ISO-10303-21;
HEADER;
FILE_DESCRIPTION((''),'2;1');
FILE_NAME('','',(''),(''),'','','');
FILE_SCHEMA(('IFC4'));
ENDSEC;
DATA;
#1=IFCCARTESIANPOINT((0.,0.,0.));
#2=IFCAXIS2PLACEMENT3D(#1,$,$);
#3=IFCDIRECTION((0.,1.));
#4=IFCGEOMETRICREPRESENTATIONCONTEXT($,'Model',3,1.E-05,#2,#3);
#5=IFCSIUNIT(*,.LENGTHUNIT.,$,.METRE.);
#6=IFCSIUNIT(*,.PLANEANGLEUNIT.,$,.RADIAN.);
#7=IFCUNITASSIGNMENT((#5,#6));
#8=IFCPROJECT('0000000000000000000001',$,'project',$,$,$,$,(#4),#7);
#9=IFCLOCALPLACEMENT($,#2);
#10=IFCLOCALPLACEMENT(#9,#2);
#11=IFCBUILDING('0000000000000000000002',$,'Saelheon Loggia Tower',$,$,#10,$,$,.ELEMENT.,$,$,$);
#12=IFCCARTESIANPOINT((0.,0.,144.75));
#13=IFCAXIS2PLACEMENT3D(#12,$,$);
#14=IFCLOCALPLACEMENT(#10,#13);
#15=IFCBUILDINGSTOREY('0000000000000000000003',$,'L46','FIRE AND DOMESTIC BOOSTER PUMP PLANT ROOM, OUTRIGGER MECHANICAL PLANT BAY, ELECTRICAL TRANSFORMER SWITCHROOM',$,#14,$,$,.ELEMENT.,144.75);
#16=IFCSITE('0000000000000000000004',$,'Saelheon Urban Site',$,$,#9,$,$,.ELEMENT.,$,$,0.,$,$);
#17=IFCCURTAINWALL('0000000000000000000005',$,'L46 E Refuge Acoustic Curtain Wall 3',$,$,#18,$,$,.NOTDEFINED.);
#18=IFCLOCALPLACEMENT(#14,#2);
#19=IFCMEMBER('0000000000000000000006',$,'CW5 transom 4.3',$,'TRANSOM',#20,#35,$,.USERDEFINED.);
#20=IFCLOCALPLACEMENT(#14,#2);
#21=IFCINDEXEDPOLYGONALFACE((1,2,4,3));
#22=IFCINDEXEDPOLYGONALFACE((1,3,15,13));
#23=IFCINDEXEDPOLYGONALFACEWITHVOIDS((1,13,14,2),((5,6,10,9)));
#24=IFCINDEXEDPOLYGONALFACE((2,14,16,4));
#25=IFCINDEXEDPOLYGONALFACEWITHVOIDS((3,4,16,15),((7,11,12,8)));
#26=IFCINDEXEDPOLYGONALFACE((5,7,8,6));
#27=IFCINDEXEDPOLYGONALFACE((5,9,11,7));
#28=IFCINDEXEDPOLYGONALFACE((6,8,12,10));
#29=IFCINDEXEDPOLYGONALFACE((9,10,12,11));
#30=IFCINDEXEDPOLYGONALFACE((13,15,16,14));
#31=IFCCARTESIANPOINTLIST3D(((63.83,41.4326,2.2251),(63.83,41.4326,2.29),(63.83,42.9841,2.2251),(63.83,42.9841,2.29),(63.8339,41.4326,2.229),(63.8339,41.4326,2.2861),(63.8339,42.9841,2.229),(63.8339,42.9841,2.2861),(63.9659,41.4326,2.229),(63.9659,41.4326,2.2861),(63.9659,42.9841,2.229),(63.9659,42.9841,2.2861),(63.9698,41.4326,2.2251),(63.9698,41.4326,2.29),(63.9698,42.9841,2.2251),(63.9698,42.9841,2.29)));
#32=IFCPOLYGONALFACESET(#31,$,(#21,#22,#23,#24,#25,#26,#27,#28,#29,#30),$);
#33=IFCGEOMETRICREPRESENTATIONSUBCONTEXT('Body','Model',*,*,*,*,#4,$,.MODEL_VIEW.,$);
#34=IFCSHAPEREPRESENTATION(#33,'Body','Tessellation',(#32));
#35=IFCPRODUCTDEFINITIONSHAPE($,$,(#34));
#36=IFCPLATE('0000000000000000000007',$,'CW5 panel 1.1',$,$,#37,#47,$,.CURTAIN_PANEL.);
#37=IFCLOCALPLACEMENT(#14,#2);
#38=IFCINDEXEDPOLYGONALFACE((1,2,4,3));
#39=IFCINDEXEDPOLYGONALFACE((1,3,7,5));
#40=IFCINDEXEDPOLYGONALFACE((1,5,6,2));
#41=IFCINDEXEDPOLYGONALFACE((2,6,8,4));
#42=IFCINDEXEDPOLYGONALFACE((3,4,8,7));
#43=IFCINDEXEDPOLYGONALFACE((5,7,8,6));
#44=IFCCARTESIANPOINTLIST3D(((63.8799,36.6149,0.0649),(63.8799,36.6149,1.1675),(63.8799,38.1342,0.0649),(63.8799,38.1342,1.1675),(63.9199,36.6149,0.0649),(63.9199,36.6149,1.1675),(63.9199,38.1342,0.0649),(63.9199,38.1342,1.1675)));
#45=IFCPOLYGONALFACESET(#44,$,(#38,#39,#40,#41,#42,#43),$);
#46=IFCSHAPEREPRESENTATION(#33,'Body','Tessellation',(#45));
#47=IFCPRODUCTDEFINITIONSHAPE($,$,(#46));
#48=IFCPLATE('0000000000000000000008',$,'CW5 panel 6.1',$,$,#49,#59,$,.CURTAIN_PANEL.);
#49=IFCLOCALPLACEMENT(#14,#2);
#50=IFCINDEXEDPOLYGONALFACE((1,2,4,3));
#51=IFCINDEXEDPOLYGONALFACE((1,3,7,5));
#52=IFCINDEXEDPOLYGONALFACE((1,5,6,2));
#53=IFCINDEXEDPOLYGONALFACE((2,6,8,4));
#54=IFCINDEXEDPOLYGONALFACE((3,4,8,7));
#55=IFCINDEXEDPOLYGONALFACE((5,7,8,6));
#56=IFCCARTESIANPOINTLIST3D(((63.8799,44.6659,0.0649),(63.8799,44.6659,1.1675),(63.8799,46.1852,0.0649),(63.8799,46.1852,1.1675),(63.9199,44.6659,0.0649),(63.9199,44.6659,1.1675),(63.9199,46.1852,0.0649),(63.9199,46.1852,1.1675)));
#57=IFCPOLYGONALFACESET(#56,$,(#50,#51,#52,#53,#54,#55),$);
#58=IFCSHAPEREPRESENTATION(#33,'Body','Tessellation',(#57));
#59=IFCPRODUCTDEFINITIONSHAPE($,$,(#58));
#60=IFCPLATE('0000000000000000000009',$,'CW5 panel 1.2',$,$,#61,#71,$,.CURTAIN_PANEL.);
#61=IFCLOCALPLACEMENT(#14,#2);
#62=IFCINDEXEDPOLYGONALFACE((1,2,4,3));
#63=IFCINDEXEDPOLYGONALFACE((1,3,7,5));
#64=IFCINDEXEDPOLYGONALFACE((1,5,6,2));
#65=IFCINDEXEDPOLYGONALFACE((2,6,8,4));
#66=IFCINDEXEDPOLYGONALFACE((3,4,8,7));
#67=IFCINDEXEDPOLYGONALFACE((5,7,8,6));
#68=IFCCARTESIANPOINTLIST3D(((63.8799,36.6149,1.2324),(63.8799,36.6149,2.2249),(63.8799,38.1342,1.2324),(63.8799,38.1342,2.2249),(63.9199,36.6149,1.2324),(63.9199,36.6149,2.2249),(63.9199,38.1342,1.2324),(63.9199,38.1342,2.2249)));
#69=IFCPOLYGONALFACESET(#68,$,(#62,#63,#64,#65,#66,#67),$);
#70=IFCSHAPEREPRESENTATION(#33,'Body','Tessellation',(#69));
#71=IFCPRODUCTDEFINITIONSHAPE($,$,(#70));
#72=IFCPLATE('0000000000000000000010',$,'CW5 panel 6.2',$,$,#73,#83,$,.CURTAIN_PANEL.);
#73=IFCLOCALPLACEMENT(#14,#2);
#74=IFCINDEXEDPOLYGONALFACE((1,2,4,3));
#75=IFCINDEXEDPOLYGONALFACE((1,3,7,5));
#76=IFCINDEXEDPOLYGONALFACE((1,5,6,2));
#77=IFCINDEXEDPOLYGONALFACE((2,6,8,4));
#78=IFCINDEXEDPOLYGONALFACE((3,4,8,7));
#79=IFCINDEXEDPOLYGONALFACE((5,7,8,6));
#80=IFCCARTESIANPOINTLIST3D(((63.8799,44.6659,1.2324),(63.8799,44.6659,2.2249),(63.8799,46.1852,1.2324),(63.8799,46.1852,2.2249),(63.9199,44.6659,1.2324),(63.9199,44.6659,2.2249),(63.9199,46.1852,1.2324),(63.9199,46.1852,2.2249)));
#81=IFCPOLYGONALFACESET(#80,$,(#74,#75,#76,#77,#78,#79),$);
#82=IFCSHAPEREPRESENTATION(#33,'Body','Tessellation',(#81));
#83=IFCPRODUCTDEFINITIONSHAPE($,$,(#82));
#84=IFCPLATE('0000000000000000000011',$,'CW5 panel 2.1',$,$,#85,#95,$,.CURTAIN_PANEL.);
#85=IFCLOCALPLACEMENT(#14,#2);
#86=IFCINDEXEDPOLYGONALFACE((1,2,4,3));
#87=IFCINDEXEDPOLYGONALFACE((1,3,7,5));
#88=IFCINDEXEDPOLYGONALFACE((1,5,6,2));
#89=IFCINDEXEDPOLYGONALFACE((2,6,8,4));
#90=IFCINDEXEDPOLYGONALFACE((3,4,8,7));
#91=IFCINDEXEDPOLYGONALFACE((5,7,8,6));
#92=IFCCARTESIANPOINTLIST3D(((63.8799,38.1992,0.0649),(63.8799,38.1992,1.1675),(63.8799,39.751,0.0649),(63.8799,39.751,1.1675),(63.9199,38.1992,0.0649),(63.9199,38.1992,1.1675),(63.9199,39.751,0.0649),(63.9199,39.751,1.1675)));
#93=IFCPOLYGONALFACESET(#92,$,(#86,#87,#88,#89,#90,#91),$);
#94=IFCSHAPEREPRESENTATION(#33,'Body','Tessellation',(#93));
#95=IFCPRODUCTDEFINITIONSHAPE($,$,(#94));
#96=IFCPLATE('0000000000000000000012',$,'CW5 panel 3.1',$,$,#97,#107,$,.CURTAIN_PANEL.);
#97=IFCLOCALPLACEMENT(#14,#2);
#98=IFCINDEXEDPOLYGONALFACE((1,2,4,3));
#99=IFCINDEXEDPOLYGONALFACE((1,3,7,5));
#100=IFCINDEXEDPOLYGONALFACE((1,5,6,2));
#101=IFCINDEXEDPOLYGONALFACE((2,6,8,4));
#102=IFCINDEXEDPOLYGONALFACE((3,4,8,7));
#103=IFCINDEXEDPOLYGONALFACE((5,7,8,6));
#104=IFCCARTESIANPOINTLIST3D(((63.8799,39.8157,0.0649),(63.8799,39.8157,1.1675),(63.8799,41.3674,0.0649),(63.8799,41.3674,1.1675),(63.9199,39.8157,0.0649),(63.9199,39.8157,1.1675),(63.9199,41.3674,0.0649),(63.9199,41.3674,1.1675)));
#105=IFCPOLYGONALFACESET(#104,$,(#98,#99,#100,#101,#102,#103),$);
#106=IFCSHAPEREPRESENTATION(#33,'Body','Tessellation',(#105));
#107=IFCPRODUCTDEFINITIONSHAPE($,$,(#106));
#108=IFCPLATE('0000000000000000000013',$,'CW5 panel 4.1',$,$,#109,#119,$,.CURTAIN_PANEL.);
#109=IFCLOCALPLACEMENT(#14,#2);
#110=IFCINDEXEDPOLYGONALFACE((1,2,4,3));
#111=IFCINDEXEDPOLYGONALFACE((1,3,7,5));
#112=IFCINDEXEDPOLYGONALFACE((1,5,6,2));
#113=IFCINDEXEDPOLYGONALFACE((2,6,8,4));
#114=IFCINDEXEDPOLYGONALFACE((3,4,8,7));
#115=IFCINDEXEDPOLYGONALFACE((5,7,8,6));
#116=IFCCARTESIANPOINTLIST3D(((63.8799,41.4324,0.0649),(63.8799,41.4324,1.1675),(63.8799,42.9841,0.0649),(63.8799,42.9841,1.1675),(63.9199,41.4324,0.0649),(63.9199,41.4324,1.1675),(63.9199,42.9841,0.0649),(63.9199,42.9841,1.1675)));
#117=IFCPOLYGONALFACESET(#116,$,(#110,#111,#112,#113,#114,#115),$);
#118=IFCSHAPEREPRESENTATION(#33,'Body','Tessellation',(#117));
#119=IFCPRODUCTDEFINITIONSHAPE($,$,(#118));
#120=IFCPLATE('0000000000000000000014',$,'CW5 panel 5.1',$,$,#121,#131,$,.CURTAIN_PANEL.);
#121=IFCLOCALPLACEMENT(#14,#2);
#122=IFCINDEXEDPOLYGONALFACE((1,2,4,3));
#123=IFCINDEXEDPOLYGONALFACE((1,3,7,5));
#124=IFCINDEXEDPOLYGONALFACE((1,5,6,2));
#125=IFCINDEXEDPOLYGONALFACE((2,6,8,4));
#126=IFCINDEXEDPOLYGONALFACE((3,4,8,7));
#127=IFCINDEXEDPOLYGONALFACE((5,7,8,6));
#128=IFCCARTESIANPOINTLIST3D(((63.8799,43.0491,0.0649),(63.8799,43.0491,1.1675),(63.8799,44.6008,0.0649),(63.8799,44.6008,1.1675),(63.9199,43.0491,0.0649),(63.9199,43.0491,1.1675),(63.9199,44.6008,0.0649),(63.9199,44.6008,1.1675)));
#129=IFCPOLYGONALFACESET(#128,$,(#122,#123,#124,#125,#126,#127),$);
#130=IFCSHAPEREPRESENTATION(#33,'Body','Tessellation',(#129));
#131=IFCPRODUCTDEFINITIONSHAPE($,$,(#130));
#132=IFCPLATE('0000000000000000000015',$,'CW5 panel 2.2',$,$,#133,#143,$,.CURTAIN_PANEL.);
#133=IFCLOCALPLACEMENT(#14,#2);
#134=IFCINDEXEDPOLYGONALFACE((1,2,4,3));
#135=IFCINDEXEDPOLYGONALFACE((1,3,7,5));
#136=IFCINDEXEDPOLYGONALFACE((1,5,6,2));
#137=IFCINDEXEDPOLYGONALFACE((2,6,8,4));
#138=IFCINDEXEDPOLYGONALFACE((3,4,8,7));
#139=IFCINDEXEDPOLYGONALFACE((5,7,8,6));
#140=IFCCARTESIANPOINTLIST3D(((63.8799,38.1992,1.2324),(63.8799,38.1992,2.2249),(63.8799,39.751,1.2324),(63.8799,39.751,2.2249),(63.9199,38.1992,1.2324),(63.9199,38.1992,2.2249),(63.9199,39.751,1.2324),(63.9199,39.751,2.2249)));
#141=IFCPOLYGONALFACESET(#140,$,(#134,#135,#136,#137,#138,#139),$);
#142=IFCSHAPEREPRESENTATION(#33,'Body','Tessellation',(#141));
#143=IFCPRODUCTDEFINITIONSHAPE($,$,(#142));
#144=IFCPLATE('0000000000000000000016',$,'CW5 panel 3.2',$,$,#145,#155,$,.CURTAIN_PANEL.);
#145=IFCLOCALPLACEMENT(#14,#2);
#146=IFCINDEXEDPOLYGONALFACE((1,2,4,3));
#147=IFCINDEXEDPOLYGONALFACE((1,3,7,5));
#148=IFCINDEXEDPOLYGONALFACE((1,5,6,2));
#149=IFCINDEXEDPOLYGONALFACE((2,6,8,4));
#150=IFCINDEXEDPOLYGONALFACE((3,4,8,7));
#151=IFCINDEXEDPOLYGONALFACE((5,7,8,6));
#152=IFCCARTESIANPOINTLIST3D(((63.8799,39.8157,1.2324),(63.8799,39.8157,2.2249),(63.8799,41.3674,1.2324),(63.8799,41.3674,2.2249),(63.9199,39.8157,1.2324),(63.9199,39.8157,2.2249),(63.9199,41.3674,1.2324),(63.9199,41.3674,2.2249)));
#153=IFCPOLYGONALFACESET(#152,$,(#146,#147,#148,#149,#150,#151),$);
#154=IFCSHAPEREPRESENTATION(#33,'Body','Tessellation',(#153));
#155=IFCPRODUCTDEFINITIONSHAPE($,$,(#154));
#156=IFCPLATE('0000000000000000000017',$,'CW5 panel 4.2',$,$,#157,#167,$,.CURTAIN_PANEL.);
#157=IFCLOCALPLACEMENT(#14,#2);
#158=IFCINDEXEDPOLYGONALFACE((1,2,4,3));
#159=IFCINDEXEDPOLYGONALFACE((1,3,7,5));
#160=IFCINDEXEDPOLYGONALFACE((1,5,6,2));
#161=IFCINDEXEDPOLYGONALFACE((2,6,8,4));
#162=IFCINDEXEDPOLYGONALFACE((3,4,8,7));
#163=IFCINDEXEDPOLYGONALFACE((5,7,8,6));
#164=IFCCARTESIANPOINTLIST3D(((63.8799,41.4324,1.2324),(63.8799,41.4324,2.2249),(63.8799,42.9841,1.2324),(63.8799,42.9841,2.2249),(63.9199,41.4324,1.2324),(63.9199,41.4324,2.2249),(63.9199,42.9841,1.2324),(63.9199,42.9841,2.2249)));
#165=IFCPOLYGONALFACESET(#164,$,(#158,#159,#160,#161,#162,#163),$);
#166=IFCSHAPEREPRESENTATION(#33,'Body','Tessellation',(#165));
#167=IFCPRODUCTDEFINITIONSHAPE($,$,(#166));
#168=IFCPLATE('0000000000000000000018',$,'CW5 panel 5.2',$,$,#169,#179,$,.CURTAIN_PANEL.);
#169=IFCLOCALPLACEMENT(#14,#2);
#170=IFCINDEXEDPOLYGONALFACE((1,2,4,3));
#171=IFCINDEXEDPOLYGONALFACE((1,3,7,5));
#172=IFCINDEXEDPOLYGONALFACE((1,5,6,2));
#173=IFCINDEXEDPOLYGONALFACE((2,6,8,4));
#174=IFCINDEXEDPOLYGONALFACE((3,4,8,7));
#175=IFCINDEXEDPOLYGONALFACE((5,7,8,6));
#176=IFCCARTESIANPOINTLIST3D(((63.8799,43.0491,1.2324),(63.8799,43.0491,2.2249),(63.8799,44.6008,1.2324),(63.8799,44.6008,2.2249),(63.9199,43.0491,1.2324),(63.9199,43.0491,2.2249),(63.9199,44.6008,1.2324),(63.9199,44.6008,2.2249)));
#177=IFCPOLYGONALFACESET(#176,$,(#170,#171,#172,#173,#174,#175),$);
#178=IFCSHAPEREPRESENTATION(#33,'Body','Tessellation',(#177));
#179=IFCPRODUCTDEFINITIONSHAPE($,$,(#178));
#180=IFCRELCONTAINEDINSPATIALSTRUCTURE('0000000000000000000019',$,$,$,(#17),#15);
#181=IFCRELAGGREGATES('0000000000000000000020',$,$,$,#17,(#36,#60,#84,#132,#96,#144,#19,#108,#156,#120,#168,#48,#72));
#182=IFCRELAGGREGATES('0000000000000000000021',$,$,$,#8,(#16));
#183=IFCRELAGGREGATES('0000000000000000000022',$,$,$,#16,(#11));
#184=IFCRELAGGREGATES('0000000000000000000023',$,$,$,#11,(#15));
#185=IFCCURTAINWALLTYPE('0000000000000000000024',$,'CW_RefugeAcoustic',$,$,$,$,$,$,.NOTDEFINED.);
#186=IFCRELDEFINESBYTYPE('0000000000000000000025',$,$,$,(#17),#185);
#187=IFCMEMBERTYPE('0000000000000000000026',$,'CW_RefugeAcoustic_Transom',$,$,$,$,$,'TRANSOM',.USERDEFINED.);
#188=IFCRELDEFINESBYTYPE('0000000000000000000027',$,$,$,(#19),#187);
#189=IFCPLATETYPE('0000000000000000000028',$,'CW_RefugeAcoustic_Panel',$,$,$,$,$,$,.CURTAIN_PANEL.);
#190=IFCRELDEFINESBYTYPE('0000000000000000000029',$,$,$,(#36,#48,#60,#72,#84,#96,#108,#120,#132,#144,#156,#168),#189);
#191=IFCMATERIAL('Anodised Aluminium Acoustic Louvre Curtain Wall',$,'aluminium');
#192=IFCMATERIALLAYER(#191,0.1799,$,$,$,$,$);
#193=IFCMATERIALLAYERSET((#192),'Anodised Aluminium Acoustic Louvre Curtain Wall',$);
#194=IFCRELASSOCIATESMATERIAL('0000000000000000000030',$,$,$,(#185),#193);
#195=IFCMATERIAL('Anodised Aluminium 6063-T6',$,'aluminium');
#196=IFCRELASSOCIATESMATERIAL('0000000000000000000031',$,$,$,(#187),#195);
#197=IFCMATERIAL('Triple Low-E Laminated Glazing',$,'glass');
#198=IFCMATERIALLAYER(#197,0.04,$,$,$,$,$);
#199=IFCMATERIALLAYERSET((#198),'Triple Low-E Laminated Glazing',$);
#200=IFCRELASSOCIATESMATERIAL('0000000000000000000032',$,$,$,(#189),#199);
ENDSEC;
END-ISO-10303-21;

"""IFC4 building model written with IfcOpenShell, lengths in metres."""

from ifc_helpers import new_model, si_unit, direction, frame, origin, origin_2d, place, context, subcontext, project, spatial, rectangle, hollow_rectangle, extrude, source, transform, mapped, material, layer, layer_set, material_profile, profile_set, type_object, element, aggregate, save


model = new_model("IFC4")

# Units and contexts
model_context = context("Model", 3, precision=1e-05, world=origin(), true_north=direction((0.0, 1.0)))
body_context = subcontext(model_context, "Body", "Model", "MODEL_VIEW")
ifc_project = project(units=[si_unit("LENGTHUNIT", "METRE"), si_unit("PLANEANGLEUNIT", "RADIAN")], contexts=[model_context])

# Site, building, storey
site_placement = place(None, origin())
site = spatial("IfcSite", under=ifc_project, at=site_placement, Name="Saelheon Urban Site", CompositionType="ELEMENT", RefElevation=0.0)
building_placement = place(site_placement, origin())
building = spatial("IfcBuilding", under=site, at=building_placement, Name="Saelheon Loggia Tower", CompositionType="ELEMENT")
storey_placement = place(building_placement, frame((0.0, 0.0, 144.75)))
storey = spatial("IfcBuildingStorey", under=building, at=storey_placement, Name="L46", Description="FIRE AND DOMESTIC BOOSTER PUMP PLANT ROOM, OUTRIGGER MECHANICAL PLANT BAY, ELECTRICAL TRANSFORMER SWITCHROOM", CompositionType="ELEMENT", Elevation=144.75)

# Curtain wall, member, plates
ifc_material_1 = material(Name="Anodised Aluminium Acoustic Louvre Curtain Wall", Category="aluminium")
ifc_layer_1 = layer(ifc_material_1, 0.1799)
ifc_layer_set_1 = layer_set([ifc_layer_1], Name="Anodised Aluminium Acoustic Louvre Curtain Wall")
curtain_wall_type = type_object("IfcCurtainWallType", Name="CW_RefugeAcoustic", PredefinedType="NOTDEFINED", material=ifc_layer_set_1)
curtain_wall_placement = place(storey_placement, origin())
curtain_wall = element("IfcCurtainWall", 1, at=curtain_wall_placement, inside=storey, type_object=curtain_wall_type, Name="L46 E Refuge Acoustic Curtain Wall 3", PredefinedType="NOTDEFINED")
ifc_material_2 = material(Name="Anodised Aluminium 6063-T6", Category="aluminium")
ifc_material_profile_1 = material_profile(ifc_material_2, hollow_rectangle(XDim=0.0649, YDim=0.1399, WallThickness=0.0039, at=origin_2d()), Name="RHS-140x65x4")
ifc_profile_set_1 = profile_set([ifc_material_profile_1], Name="Anodised Aluminium 6063-T6")
member_type_1 = type_object("IfcMemberType", Name="CW_RefugeAcoustic_Transom", ElementType="TRANSOM", PredefinedType="USERDEFINED", material=ifc_profile_set_1)
shared_shape_1 = source(origin(), body_context, "Body", "SweptSolid", [
    extrude(hollow_rectangle(XDim=0.0649, YDim=0.1399, WallThickness=0.0039, at=origin_2d()), origin(), (0.0, 0.0, 1.0), 1.5515),
])
member_1_placement = place(storey_placement, frame((63.8999, 41.4326, 2.2576), z_axis=(0.0, 1.0, 0.0), x_axis=(0.0, 0.0, 1.0)))
member_1 = element("IfcMember", 2, at=member_1_placement, type_object=member_type_1, Name="CW5 transom 4.3", ObjectType="TRANSOM", PredefinedType="USERDEFINED", context=body_context, shape_type="MappedRepresentation", body=[
    mapped(shared_shape_1, transform((0.0, 0.0, 0.0), scale=1.0)),
])
ifc_material_3 = material(Name="Triple Low-E Laminated Glazing", Category="glass")
ifc_layer_2 = layer(ifc_material_3, 0.04)
ifc_layer_set_2 = layer_set([ifc_layer_2], Name="Triple Low-E Laminated Glazing")
plate_type = type_object("IfcPlateType", Name="CW_RefugeAcoustic_Panel", PredefinedType="CURTAIN_PANEL", material=ifc_layer_set_2)
shared_shape_2 = source(origin(), body_context, "Body", "SweptSolid", [
    extrude(rectangle(XDim=1.5193, YDim=0.04, at=origin_2d()), origin(), (0.0, 0.0, 1.0), 1.1025),
])
plate_1_placement = place(storey_placement, frame((63.8999, 37.3745, 0.0649), z_axis=(0.0, 0.0, 1.0), x_axis=(0.0, 1.0, 0.0)))
plate_1 = element("IfcPlate", 3, at=plate_1_placement, type_object=plate_type, Name="CW5 panel 1.1", PredefinedType="CURTAIN_PANEL", context=body_context, shape_type="MappedRepresentation", body=[
    mapped(shared_shape_2, transform((0.0, 0.0, 0.0), scale=1.0)),
])
plate_2_placement = place(storey_placement, frame((63.8999, 45.4255, 0.0649), z_axis=(0.0, 0.0, 1.0), x_axis=(0.0, 1.0, 0.0)))
plate_2 = element("IfcPlate", 4, at=plate_2_placement, type_object=plate_type, Name="CW5 panel 6.1", PredefinedType="CURTAIN_PANEL", context=body_context, shape_type="MappedRepresentation", body=[
    mapped(shared_shape_2, transform((0.0, 0.0, 0.0), scale=1.0)),
])
shared_shape_3 = source(origin(), body_context, "Body", "SweptSolid", [
    extrude(rectangle(XDim=1.5193, YDim=0.04, at=origin_2d()), origin(), (0.0, 0.0, 1.0), 0.9924),
])
plate_3_placement = place(storey_placement, frame((63.8999, 37.3745, 1.2324), z_axis=(0.0, 0.0, 1.0), x_axis=(0.0, 1.0, 0.0)))
plate_3 = element("IfcPlate", 5, at=plate_3_placement, type_object=plate_type, Name="CW5 panel 1.2", PredefinedType="CURTAIN_PANEL", context=body_context, shape_type="MappedRepresentation", body=[
    mapped(shared_shape_3, transform((0.0, 0.0, 0.0), scale=1.0)),
])
plate_4_placement = place(storey_placement, frame((63.8999, 45.4255, 1.2324), z_axis=(0.0, 0.0, 1.0), x_axis=(0.0, 1.0, 0.0)))
plate_4 = element("IfcPlate", 6, at=plate_4_placement, type_object=plate_type, Name="CW5 panel 6.2", PredefinedType="CURTAIN_PANEL", context=body_context, shape_type="MappedRepresentation", body=[
    mapped(shared_shape_3, transform((0.0, 0.0, 0.0), scale=1.0)),
])
shared_shape_4 = source(origin(), body_context, "Body", "SweptSolid", [
    extrude(rectangle(XDim=1.5518, YDim=0.04, at=origin_2d()), origin(), (0.0, 0.0, 1.0), 1.1025),
])
plate_5_placement = place(storey_placement, frame((63.8999, 38.9751, 0.0649), z_axis=(0.0, 0.0, 1.0), x_axis=(0.0, 1.0, 0.0)))
plate_5 = element("IfcPlate", 7, at=plate_5_placement, type_object=plate_type, Name="CW5 panel 2.1", PredefinedType="CURTAIN_PANEL", context=body_context, shape_type="MappedRepresentation", body=[
    mapped(shared_shape_4, transform((0.0, 0.0, 0.0), scale=1.0)),
])
plate_6_placement = place(storey_placement, frame((63.8999, 40.5916, 0.0649), z_axis=(0.0, 0.0, 1.0), x_axis=(0.0, 1.0, 0.0)))
plate_6 = element("IfcPlate", 8, at=plate_6_placement, type_object=plate_type, Name="CW5 panel 3.1", PredefinedType="CURTAIN_PANEL", context=body_context, shape_type="MappedRepresentation", body=[
    mapped(shared_shape_4, transform((0.0, 0.0, 0.0), scale=1.0)),
])
plate_7_placement = place(storey_placement, frame((63.8999, 42.2083, 0.0649), z_axis=(0.0, 0.0, 1.0), x_axis=(0.0, 1.0, 0.0)))
plate_7 = element("IfcPlate", 9, at=plate_7_placement, type_object=plate_type, Name="CW5 panel 4.1", PredefinedType="CURTAIN_PANEL", context=body_context, shape_type="MappedRepresentation", body=[
    mapped(shared_shape_4, transform((0.0, 0.0, 0.0), scale=1.0)),
])
plate_8_placement = place(storey_placement, frame((63.8999, 43.825, 0.0649), z_axis=(0.0, 0.0, 1.0), x_axis=(0.0, 1.0, 0.0)))
plate_8 = element("IfcPlate", 10, at=plate_8_placement, type_object=plate_type, Name="CW5 panel 5.1", PredefinedType="CURTAIN_PANEL", context=body_context, shape_type="MappedRepresentation", body=[
    mapped(shared_shape_4, transform((0.0, 0.0, 0.0), scale=1.0)),
])
shared_shape_5 = source(origin(), body_context, "Body", "SweptSolid", [
    extrude(rectangle(XDim=1.5518, YDim=0.04, at=origin_2d()), origin(), (0.0, 0.0, 1.0), 0.9924),
])
plate_9_placement = place(storey_placement, frame((63.8999, 38.9751, 1.2324), z_axis=(0.0, 0.0, 1.0), x_axis=(0.0, 1.0, 0.0)))
plate_9 = element("IfcPlate", 11, at=plate_9_placement, type_object=plate_type, Name="CW5 panel 2.2", PredefinedType="CURTAIN_PANEL", context=body_context, shape_type="MappedRepresentation", body=[
    mapped(shared_shape_5, transform((0.0, 0.0, 0.0), scale=1.0)),
])
plate_10_placement = place(storey_placement, frame((63.8999, 40.5916, 1.2324), z_axis=(0.0, 0.0, 1.0), x_axis=(0.0, 1.0, 0.0)))
plate_10 = element("IfcPlate", 12, at=plate_10_placement, type_object=plate_type, Name="CW5 panel 3.2", PredefinedType="CURTAIN_PANEL", context=body_context, shape_type="MappedRepresentation", body=[
    mapped(shared_shape_5, transform((0.0, 0.0, 0.0), scale=1.0)),
])
plate_11_placement = place(storey_placement, frame((63.8999, 42.2083, 1.2324), z_axis=(0.0, 0.0, 1.0), x_axis=(0.0, 1.0, 0.0)))
plate_11 = element("IfcPlate", 13, at=plate_11_placement, type_object=plate_type, Name="CW5 panel 4.2", PredefinedType="CURTAIN_PANEL", context=body_context, shape_type="MappedRepresentation", body=[
    mapped(shared_shape_5, transform((0.0, 0.0, 0.0), scale=1.0)),
])
plate_12_placement = place(storey_placement, frame((63.8999, 43.825, 1.2324), z_axis=(0.0, 0.0, 1.0), x_axis=(0.0, 1.0, 0.0)))
plate_12 = element("IfcPlate", 14, at=plate_12_placement, type_object=plate_type, Name="CW5 panel 5.2", PredefinedType="CURTAIN_PANEL", context=body_context, shape_type="MappedRepresentation", body=[
    mapped(shared_shape_5, transform((0.0, 0.0, 0.0), scale=1.0)),
])
aggregate(curtain_wall, [plate_1, plate_3, plate_5, plate_9, plate_6, plate_10, member_1, plate_7, plate_11, plate_8, plate_12, plate_2, plate_4])

save(model, "model.ifc")
